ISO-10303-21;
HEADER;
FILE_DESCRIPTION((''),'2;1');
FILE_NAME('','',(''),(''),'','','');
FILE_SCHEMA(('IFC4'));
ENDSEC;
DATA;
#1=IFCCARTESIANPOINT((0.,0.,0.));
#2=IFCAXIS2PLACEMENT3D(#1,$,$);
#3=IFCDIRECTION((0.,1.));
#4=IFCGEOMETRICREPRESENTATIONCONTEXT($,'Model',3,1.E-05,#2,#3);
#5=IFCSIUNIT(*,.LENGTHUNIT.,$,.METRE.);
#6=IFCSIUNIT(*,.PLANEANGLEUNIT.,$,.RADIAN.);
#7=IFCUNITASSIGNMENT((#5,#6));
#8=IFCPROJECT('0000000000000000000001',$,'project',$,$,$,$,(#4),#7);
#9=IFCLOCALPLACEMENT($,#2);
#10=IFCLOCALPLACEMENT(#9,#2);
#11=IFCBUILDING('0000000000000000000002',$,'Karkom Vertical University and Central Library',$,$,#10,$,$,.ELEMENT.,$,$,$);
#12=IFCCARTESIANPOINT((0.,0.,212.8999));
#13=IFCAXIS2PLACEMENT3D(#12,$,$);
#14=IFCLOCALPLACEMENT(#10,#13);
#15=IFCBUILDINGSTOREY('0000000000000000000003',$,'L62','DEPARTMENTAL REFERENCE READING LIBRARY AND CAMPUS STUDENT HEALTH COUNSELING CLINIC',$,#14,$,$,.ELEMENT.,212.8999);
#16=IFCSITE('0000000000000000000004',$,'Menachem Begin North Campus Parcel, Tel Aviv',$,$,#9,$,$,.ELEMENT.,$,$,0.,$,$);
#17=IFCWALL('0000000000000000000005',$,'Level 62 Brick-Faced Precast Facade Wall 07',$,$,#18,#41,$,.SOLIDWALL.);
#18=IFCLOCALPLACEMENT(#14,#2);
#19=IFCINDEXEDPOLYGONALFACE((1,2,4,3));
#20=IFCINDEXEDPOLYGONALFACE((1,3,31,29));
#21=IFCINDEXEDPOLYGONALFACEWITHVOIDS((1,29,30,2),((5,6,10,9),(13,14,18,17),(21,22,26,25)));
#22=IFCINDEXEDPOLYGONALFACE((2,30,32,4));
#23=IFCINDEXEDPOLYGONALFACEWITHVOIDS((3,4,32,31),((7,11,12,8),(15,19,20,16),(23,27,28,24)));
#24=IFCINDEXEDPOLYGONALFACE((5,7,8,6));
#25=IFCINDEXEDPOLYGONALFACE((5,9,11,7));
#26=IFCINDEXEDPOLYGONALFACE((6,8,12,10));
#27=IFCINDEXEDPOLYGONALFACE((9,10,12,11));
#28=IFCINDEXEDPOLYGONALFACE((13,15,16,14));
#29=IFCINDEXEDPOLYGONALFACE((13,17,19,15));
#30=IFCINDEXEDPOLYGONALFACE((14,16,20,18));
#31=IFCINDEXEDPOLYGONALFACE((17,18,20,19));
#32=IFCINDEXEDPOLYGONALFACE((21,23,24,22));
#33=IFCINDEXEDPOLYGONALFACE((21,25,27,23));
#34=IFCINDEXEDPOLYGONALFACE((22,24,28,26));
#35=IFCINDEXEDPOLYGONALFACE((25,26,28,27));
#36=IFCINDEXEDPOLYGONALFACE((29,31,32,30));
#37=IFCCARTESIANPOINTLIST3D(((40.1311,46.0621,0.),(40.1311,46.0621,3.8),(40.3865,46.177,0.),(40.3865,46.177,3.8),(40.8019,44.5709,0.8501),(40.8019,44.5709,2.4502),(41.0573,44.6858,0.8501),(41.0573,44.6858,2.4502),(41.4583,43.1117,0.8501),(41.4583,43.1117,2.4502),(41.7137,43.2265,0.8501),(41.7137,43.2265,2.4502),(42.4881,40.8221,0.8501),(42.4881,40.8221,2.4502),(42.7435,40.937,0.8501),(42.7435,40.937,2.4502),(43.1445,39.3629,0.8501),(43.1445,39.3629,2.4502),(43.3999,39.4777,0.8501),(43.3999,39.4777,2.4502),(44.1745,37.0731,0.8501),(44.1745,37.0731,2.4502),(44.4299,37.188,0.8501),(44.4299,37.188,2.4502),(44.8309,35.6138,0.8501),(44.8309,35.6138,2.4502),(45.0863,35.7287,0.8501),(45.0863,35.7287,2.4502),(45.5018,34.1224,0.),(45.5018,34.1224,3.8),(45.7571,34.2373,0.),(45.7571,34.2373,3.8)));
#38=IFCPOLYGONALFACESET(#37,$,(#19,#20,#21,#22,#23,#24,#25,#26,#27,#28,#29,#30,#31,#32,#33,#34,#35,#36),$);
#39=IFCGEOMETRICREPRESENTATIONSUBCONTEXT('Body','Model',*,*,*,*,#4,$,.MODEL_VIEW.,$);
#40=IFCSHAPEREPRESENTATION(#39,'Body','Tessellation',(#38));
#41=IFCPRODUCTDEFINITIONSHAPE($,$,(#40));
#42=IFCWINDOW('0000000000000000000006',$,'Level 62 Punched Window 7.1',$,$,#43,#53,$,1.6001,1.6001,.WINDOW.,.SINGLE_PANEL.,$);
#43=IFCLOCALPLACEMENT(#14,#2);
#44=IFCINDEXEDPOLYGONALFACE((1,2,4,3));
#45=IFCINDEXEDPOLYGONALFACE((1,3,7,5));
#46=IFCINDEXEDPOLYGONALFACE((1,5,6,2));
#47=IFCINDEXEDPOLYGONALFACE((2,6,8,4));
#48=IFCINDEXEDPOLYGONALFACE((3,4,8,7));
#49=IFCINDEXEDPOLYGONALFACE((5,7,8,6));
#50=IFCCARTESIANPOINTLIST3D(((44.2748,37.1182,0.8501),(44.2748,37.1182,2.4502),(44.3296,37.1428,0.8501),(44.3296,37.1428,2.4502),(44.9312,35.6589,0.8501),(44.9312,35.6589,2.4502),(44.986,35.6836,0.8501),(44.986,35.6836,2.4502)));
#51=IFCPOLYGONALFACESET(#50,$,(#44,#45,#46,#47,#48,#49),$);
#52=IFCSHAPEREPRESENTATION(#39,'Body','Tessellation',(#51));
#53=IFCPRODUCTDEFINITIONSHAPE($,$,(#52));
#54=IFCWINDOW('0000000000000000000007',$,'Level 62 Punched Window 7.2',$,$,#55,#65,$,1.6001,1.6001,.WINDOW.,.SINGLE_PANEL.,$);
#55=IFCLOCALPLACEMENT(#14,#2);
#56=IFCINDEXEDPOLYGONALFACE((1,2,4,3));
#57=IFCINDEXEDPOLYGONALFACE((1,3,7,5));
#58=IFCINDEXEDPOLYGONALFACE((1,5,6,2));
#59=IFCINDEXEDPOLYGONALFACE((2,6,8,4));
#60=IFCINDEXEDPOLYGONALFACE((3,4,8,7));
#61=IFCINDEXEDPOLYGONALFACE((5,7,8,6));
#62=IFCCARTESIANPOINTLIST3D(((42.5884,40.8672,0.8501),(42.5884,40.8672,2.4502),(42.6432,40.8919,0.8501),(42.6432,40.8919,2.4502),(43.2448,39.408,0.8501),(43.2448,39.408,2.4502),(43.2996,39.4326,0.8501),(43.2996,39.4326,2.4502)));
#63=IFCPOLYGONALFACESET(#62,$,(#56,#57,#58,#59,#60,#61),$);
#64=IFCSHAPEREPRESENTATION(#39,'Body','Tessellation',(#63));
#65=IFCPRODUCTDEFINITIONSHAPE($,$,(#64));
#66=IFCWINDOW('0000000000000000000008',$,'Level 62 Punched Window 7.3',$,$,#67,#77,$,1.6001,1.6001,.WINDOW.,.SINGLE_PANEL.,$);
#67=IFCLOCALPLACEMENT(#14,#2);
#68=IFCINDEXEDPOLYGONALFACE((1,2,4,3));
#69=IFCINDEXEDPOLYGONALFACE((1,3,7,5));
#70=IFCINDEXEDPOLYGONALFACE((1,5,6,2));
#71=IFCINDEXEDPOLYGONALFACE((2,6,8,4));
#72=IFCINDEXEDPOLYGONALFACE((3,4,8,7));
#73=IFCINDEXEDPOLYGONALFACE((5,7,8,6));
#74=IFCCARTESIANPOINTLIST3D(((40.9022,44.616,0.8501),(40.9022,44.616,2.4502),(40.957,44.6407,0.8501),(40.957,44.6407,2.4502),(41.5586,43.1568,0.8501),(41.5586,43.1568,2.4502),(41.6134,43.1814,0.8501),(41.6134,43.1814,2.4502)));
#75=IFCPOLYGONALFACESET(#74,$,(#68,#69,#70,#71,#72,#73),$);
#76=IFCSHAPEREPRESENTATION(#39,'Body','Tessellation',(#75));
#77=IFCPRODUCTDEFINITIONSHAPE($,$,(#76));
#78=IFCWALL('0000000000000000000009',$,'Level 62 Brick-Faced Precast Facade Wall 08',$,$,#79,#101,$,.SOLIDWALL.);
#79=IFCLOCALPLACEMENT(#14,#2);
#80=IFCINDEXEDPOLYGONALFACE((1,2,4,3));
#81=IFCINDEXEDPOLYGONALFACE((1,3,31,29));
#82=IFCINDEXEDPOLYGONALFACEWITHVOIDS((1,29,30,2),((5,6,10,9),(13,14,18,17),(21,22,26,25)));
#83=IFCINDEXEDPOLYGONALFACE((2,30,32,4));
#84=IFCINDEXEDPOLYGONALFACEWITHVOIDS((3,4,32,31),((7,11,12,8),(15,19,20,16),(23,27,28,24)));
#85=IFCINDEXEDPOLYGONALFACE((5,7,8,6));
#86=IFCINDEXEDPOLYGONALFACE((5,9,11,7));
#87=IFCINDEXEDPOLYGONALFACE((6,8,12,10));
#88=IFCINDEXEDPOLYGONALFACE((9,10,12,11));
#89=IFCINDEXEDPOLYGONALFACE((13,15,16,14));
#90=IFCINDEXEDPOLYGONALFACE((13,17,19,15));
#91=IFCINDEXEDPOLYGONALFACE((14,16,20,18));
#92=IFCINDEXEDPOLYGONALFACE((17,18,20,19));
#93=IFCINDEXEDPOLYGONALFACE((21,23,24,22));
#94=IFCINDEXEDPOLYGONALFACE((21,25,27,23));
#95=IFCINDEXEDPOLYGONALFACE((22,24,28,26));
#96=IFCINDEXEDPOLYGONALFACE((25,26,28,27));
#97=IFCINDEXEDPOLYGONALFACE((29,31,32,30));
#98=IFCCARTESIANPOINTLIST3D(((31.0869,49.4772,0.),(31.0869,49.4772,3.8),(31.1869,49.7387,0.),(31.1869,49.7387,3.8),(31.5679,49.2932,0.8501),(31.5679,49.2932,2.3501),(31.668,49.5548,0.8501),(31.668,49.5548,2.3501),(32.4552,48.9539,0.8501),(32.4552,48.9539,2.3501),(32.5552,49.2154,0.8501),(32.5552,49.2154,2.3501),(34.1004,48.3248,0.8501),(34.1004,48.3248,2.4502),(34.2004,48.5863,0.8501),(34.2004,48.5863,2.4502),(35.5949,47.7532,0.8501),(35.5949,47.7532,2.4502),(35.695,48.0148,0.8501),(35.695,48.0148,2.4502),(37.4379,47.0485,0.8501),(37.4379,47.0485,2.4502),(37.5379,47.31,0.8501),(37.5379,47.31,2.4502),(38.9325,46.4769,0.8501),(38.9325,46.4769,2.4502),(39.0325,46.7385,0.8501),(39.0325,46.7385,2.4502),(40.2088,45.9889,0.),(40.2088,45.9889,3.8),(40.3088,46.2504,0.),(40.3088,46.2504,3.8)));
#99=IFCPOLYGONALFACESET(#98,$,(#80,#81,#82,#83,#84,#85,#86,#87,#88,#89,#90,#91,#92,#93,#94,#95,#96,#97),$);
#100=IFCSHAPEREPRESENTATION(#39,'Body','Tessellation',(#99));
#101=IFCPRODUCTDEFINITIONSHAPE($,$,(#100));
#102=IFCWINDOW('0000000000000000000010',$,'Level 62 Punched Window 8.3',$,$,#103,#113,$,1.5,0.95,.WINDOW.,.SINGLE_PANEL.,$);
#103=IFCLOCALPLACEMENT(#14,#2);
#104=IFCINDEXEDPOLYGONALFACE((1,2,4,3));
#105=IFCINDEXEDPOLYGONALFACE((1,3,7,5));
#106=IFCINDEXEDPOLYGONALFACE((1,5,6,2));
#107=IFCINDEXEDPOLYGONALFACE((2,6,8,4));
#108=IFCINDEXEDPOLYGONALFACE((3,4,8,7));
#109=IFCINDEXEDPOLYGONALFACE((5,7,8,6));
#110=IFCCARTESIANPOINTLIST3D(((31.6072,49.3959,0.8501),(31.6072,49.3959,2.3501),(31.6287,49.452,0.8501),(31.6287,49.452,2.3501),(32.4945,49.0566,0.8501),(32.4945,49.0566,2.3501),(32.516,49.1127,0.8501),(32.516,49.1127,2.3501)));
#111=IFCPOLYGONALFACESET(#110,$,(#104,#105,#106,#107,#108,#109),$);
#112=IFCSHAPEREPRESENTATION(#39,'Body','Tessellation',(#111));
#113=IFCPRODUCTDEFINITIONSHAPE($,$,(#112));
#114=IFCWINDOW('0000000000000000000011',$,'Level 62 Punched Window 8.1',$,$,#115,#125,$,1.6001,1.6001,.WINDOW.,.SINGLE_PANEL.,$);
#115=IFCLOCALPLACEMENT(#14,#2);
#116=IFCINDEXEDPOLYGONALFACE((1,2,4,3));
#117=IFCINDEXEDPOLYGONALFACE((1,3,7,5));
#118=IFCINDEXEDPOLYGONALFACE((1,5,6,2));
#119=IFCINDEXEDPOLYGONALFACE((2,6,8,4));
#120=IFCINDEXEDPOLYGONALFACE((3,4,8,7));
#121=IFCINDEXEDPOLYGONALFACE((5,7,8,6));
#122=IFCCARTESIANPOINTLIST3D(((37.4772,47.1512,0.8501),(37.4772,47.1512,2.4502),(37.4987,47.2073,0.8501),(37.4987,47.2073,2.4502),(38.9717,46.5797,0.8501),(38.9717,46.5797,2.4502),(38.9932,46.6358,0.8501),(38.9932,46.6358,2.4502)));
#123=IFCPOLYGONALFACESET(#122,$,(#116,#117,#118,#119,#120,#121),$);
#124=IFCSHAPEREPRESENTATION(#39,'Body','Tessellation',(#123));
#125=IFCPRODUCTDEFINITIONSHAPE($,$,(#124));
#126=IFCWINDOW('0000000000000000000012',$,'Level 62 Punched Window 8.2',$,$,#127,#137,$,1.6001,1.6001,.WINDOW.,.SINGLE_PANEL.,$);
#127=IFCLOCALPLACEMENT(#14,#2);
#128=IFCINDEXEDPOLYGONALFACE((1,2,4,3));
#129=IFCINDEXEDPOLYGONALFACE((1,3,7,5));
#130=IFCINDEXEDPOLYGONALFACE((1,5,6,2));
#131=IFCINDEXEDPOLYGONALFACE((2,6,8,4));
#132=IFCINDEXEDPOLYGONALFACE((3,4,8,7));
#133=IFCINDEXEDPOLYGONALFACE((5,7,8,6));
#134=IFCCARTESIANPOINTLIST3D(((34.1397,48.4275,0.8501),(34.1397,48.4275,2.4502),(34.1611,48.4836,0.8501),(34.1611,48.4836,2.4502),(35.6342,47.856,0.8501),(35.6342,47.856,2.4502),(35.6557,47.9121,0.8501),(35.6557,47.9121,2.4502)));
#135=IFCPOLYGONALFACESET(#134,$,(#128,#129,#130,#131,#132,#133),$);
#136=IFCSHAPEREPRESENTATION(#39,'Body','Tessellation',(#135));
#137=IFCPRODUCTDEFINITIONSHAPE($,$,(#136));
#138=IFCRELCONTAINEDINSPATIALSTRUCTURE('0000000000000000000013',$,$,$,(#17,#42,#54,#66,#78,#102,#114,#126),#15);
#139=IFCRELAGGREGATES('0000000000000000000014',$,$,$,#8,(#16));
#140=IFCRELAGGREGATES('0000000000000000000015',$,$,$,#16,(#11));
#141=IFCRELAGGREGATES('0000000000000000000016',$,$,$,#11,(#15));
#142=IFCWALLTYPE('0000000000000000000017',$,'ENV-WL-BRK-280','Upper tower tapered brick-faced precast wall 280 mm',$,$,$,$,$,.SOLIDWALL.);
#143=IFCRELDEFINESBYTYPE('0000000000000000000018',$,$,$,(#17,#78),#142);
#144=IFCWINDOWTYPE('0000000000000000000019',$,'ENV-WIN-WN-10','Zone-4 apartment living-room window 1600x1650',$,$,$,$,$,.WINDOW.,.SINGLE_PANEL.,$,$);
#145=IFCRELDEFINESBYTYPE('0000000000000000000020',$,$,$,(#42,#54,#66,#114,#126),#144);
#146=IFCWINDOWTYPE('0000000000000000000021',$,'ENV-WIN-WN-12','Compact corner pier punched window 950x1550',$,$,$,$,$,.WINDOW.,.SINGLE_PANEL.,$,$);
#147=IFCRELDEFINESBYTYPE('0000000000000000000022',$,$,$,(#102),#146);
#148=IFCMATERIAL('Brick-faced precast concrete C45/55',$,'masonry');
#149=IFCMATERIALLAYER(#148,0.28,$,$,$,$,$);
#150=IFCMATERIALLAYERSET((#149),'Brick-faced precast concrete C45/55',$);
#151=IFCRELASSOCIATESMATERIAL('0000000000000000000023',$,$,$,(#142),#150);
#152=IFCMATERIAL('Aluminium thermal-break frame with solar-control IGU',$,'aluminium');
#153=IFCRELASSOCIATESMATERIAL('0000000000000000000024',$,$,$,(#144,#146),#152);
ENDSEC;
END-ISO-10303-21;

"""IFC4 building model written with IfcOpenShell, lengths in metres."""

from ifc_helpers import new_model, si_unit, direction, frame, frame_2d, origin, origin_with_axes, place, context, subcontext, project, spatial, rectangle, extrude, source, transform, mapped, material, layer, layer_set, type_object, element, fill, save


model = new_model("IFC4")

# Units and contexts
model_context = context("Model", 3, precision=1e-05, world=origin(), true_north=direction((0.0, 1.0)))
body_context = subcontext(model_context, "Body", "Model", "MODEL_VIEW")
ifc_project = project(units=[si_unit("LENGTHUNIT", "METRE"), si_unit("PLANEANGLEUNIT", "RADIAN")], contexts=[model_context])

# Site, building, storey
site_placement = place(None, origin())
site = spatial("IfcSite", under=ifc_project, at=site_placement, Name="Menachem Begin North Campus Parcel, Tel Aviv", CompositionType="ELEMENT", RefElevation=0.0)
building_placement = place(site_placement, origin())
building = spatial("IfcBuilding", under=site, at=building_placement, Name="Karkom Vertical University and Central Library", CompositionType="ELEMENT")
storey_placement = place(building_placement, frame((0.0, 0.0, 212.8999)))
storey = spatial("IfcBuildingStorey", under=building, at=storey_placement, Name="L62", Description="DEPARTMENTAL REFERENCE READING LIBRARY AND CAMPUS STUDENT HEALTH COUNSELING CLINIC", CompositionType="ELEMENT", Elevation=212.8999)

# Walls, openings, windows
ifc_material_1 = material(Name="Brick-faced precast concrete C45/55", Category="masonry")
ifc_layer_1 = layer(ifc_material_1, 0.28)
ifc_layer_set_1 = layer_set([ifc_layer_1], Name="Brick-faced precast concrete C45/55")
wall_type_1 = type_object("IfcWallType", Name="ENV-WL-BRK-280", Description="Upper tower tapered brick-faced precast wall 280 mm", PredefinedType="SOLIDWALL", material=ifc_layer_set_1)
wall_1_placement = place(storey_placement, frame((45.6294, 34.1799, 0.0), z_axis=(0.0, 0.0, 1.0), x_axis=(-0.410221, 0.911986, 0.0)))
wall_1 = element("IfcWall", 1, at=wall_1_placement, inside=storey, type_object=wall_type_1, Name="Level 62 Brick-Faced Precast Facade Wall 07", PredefinedType="SOLIDWALL", context=body_context, shape_type="SweptSolid", body=[
    extrude(rectangle(XDim=13.092, YDim=0.28, at=frame_2d((6.5459, 0.0))), origin(), (0.0, 0.0, 1.0), 3.8),
])
opening_1_placement = place(wall_1_placement, frame((1.6353, 0.0, 0.8501)))
opening_1 = element("IfcOpeningElement", 2, at=opening_1_placement, cuts=wall_1, PredefinedType="OPENING", context=body_context, shape_type="SweptSolid", body=[
    extrude(rectangle(XDim=1.6001, YDim=1.6001, at=frame_2d((0.8, 0.8))), frame((0.0, 0.1499, 0.0), z_axis=(0.0, -1.0, 0.0), x_axis=(1.0, 0.0, 0.0)), (0.0, 0.0, 1.0), 0.3),
])
opening_2_placement = place(wall_1_placement, frame((5.7461, 0.0, 0.8501)))
opening_2 = element("IfcOpeningElement", 3, at=opening_2_placement, cuts=wall_1, PredefinedType="OPENING", context=body_context, shape_type="SweptSolid", body=[
    extrude(rectangle(XDim=1.6001, YDim=1.6001, at=frame_2d((0.8, 0.8))), frame((0.0, 0.1499, 0.0), z_axis=(0.0, -1.0, 0.0), x_axis=(1.0, 0.0, 0.0)), (0.0, 0.0, 1.0), 0.3),
])
opening_3_placement = place(wall_1_placement, frame((9.8567, 0.0, 0.8501)))
opening_3 = element("IfcOpeningElement", 4, at=opening_3_placement, cuts=wall_1, PredefinedType="OPENING", context=body_context, shape_type="SweptSolid", body=[
    extrude(rectangle(XDim=1.6001, YDim=1.6001, at=frame_2d((0.8, 0.8))), frame((0.0, 0.1499, 0.0), z_axis=(0.0, -1.0, 0.0), x_axis=(1.0, 0.0, 0.0)), (0.0, 0.0, 1.0), 0.3),
])
ifc_material_2 = material(Name="Aluminium thermal-break frame with solar-control IGU", Category="aluminium")
window_type_1 = type_object("IfcWindowType", Name="ENV-WIN-WN-10", Description="Zone-4 apartment living-room window 1600x1650", PartitioningType="SINGLE_PANEL", PredefinedType="WINDOW", material=ifc_material_2)
shared_shape_1 = source(origin_with_axes(), body_context, "Body", "SweptSolid", [
    extrude(rectangle(XDim=1.6001, YDim=1.6001, at=frame_2d((0.8, 0.8))), frame((0.0, 0.03, 0.0), z_axis=(0.0, -1.0, 0.0), x_axis=(1.0, 0.0, 0.0)), (0.0, 0.0, 1.0), 0.0601),
])
window_1_placement = place(opening_1_placement, origin())
window_1 = element("IfcWindow", 5, at=window_1_placement, inside=storey, type_object=window_type_1, Name="Level 62 Punched Window 7.1", OverallHeight=1.6001, OverallWidth=1.6001, PartitioningType="SINGLE_PANEL", PredefinedType="WINDOW", context=body_context, shape_type="MappedRepresentation", body=[
    mapped(shared_shape_1, transform((0.0, 0.0, 0.0), scale=1.0)),
])
fill(opening_1, window_1)
window_2_placement = place(opening_2_placement, origin())
window_2 = element("IfcWindow", 6, at=window_2_placement, inside=storey, type_object=window_type_1, Name="Level 62 Punched Window 7.2", OverallHeight=1.6001, OverallWidth=1.6001, PartitioningType="SINGLE_PANEL", PredefinedType="WINDOW", context=body_context, shape_type="MappedRepresentation", body=[
    mapped(shared_shape_1, transform((0.0, 0.0, 0.0), scale=1.0)),
])
fill(opening_2, window_2)
window_3_placement = place(opening_3_placement, origin())
window_3 = element("IfcWindow", 7, at=window_3_placement, inside=storey, type_object=window_type_1, Name="Level 62 Punched Window 7.3", OverallHeight=1.6001, OverallWidth=1.6001, PartitioningType="SINGLE_PANEL", PredefinedType="WINDOW", context=body_context, shape_type="MappedRepresentation", body=[
    mapped(shared_shape_1, transform((0.0, 0.0, 0.0), scale=1.0)),
])
fill(opening_3, window_3)
wall_2_placement = place(storey_placement, frame((40.2588, 46.1196, 0.0), z_axis=(0.0, 0.0, 1.0), x_axis=(-0.934034, 0.357184, 0.0)))
wall_2 = element("IfcWall", 8, at=wall_2_placement, inside=storey, type_object=wall_type_1, Name="Level 62 Brick-Faced Precast Facade Wall 08", PredefinedType="SOLIDWALL", context=body_context, shape_type="SweptSolid", body=[
    extrude(rectangle(XDim=9.7661, YDim=0.28, at=frame_2d((4.8831, 0.0))), origin(), (0.0, 0.0, 1.0), 3.8),
])
opening_4_placement = place(wall_2_placement, frame((1.3665, 0.0, 0.8501)))
opening_4 = element("IfcOpeningElement", 9, at=opening_4_placement, cuts=wall_2, PredefinedType="OPENING", context=body_context, shape_type="SweptSolid", body=[
    extrude(rectangle(XDim=1.6001, YDim=1.6001, at=frame_2d((0.8, 0.8))), frame((0.0, 0.1499, 0.0), z_axis=(0.0, -1.0, 0.0), x_axis=(1.0, 0.0, 0.0)), (0.0, 0.0, 1.0), 0.3),
])
opening_5_placement = place(wall_2_placement, frame((4.9397, 0.0, 0.8501)))
opening_5 = element("IfcOpeningElement", 10, at=opening_5_placement, cuts=wall_2, PredefinedType="OPENING", context=body_context, shape_type="SweptSolid", body=[
    extrude(rectangle(XDim=1.6001, YDim=1.6001, at=frame_2d((0.8, 0.8))), frame((0.0, 0.1499, 0.0), z_axis=(0.0, -1.0, 0.0), x_axis=(1.0, 0.0, 0.0)), (0.0, 0.0, 1.0), 0.3),
])
opening_6_placement = place(wall_2_placement, frame((8.301, 0.0, 0.8501)))
opening_6 = element("IfcOpeningElement", 11, at=opening_6_placement, cuts=wall_2, PredefinedType="OPENING", context=body_context, shape_type="SweptSolid", body=[
    extrude(rectangle(XDim=0.95, YDim=1.5, at=frame_2d((0.4751, 0.75))), frame((0.0, 0.1499, 0.0), z_axis=(0.0, -1.0, 0.0), x_axis=(1.0, 0.0, 0.0)), (0.0, 0.0, 1.0), 0.3),
])
window_type_2 = type_object("IfcWindowType", Name="ENV-WIN-WN-12", Description="Compact corner pier punched window 950x1550", PartitioningType="SINGLE_PANEL", PredefinedType="WINDOW", material=ifc_material_2)
shared_shape_2 = source(origin_with_axes(), body_context, "Body", "SweptSolid", [
    extrude(rectangle(XDim=0.95, YDim=1.5, at=frame_2d((0.4751, 0.75))), frame((0.0, 0.03, 0.0), z_axis=(0.0, -1.0, 0.0), x_axis=(1.0, 0.0, 0.0)), (0.0, 0.0, 1.0), 0.0601),
])
window_4_placement = place(opening_6_placement, origin())
window_4 = element("IfcWindow", 12, at=window_4_placement, inside=storey, type_object=window_type_2, Name="Level 62 Punched Window 8.3", OverallHeight=1.5, OverallWidth=0.95, PartitioningType="SINGLE_PANEL", PredefinedType="WINDOW", context=body_context, shape_type="MappedRepresentation", body=[
    mapped(shared_shape_2, transform((0.0, 0.0, 0.0), scale=1.0)),
])
fill(opening_6, window_4)
window_5_placement = place(opening_4_placement, origin())
window_5 = element("IfcWindow", 13, at=window_5_placement, inside=storey, type_object=window_type_1, Name="Level 62 Punched Window 8.1", OverallHeight=1.6001, OverallWidth=1.6001, PartitioningType="SINGLE_PANEL", PredefinedType="WINDOW", context=body_context, shape_type="MappedRepresentation", body=[
    mapped(shared_shape_1, transform((0.0, 0.0, 0.0), scale=1.0)),
])
fill(opening_4, window_5)
window_6_placement = place(opening_5_placement, origin())
window_6 = element("IfcWindow", 14, at=window_6_placement, inside=storey, type_object=window_type_1, Name="Level 62 Punched Window 8.2", OverallHeight=1.6001, OverallWidth=1.6001, PartitioningType="SINGLE_PANEL", PredefinedType="WINDOW", context=body_context, shape_type="MappedRepresentation", body=[
    mapped(shared_shape_1, transform((0.0, 0.0, 0.0), scale=1.0)),
])
fill(opening_5, window_6)

save(model, "model.ifc")
